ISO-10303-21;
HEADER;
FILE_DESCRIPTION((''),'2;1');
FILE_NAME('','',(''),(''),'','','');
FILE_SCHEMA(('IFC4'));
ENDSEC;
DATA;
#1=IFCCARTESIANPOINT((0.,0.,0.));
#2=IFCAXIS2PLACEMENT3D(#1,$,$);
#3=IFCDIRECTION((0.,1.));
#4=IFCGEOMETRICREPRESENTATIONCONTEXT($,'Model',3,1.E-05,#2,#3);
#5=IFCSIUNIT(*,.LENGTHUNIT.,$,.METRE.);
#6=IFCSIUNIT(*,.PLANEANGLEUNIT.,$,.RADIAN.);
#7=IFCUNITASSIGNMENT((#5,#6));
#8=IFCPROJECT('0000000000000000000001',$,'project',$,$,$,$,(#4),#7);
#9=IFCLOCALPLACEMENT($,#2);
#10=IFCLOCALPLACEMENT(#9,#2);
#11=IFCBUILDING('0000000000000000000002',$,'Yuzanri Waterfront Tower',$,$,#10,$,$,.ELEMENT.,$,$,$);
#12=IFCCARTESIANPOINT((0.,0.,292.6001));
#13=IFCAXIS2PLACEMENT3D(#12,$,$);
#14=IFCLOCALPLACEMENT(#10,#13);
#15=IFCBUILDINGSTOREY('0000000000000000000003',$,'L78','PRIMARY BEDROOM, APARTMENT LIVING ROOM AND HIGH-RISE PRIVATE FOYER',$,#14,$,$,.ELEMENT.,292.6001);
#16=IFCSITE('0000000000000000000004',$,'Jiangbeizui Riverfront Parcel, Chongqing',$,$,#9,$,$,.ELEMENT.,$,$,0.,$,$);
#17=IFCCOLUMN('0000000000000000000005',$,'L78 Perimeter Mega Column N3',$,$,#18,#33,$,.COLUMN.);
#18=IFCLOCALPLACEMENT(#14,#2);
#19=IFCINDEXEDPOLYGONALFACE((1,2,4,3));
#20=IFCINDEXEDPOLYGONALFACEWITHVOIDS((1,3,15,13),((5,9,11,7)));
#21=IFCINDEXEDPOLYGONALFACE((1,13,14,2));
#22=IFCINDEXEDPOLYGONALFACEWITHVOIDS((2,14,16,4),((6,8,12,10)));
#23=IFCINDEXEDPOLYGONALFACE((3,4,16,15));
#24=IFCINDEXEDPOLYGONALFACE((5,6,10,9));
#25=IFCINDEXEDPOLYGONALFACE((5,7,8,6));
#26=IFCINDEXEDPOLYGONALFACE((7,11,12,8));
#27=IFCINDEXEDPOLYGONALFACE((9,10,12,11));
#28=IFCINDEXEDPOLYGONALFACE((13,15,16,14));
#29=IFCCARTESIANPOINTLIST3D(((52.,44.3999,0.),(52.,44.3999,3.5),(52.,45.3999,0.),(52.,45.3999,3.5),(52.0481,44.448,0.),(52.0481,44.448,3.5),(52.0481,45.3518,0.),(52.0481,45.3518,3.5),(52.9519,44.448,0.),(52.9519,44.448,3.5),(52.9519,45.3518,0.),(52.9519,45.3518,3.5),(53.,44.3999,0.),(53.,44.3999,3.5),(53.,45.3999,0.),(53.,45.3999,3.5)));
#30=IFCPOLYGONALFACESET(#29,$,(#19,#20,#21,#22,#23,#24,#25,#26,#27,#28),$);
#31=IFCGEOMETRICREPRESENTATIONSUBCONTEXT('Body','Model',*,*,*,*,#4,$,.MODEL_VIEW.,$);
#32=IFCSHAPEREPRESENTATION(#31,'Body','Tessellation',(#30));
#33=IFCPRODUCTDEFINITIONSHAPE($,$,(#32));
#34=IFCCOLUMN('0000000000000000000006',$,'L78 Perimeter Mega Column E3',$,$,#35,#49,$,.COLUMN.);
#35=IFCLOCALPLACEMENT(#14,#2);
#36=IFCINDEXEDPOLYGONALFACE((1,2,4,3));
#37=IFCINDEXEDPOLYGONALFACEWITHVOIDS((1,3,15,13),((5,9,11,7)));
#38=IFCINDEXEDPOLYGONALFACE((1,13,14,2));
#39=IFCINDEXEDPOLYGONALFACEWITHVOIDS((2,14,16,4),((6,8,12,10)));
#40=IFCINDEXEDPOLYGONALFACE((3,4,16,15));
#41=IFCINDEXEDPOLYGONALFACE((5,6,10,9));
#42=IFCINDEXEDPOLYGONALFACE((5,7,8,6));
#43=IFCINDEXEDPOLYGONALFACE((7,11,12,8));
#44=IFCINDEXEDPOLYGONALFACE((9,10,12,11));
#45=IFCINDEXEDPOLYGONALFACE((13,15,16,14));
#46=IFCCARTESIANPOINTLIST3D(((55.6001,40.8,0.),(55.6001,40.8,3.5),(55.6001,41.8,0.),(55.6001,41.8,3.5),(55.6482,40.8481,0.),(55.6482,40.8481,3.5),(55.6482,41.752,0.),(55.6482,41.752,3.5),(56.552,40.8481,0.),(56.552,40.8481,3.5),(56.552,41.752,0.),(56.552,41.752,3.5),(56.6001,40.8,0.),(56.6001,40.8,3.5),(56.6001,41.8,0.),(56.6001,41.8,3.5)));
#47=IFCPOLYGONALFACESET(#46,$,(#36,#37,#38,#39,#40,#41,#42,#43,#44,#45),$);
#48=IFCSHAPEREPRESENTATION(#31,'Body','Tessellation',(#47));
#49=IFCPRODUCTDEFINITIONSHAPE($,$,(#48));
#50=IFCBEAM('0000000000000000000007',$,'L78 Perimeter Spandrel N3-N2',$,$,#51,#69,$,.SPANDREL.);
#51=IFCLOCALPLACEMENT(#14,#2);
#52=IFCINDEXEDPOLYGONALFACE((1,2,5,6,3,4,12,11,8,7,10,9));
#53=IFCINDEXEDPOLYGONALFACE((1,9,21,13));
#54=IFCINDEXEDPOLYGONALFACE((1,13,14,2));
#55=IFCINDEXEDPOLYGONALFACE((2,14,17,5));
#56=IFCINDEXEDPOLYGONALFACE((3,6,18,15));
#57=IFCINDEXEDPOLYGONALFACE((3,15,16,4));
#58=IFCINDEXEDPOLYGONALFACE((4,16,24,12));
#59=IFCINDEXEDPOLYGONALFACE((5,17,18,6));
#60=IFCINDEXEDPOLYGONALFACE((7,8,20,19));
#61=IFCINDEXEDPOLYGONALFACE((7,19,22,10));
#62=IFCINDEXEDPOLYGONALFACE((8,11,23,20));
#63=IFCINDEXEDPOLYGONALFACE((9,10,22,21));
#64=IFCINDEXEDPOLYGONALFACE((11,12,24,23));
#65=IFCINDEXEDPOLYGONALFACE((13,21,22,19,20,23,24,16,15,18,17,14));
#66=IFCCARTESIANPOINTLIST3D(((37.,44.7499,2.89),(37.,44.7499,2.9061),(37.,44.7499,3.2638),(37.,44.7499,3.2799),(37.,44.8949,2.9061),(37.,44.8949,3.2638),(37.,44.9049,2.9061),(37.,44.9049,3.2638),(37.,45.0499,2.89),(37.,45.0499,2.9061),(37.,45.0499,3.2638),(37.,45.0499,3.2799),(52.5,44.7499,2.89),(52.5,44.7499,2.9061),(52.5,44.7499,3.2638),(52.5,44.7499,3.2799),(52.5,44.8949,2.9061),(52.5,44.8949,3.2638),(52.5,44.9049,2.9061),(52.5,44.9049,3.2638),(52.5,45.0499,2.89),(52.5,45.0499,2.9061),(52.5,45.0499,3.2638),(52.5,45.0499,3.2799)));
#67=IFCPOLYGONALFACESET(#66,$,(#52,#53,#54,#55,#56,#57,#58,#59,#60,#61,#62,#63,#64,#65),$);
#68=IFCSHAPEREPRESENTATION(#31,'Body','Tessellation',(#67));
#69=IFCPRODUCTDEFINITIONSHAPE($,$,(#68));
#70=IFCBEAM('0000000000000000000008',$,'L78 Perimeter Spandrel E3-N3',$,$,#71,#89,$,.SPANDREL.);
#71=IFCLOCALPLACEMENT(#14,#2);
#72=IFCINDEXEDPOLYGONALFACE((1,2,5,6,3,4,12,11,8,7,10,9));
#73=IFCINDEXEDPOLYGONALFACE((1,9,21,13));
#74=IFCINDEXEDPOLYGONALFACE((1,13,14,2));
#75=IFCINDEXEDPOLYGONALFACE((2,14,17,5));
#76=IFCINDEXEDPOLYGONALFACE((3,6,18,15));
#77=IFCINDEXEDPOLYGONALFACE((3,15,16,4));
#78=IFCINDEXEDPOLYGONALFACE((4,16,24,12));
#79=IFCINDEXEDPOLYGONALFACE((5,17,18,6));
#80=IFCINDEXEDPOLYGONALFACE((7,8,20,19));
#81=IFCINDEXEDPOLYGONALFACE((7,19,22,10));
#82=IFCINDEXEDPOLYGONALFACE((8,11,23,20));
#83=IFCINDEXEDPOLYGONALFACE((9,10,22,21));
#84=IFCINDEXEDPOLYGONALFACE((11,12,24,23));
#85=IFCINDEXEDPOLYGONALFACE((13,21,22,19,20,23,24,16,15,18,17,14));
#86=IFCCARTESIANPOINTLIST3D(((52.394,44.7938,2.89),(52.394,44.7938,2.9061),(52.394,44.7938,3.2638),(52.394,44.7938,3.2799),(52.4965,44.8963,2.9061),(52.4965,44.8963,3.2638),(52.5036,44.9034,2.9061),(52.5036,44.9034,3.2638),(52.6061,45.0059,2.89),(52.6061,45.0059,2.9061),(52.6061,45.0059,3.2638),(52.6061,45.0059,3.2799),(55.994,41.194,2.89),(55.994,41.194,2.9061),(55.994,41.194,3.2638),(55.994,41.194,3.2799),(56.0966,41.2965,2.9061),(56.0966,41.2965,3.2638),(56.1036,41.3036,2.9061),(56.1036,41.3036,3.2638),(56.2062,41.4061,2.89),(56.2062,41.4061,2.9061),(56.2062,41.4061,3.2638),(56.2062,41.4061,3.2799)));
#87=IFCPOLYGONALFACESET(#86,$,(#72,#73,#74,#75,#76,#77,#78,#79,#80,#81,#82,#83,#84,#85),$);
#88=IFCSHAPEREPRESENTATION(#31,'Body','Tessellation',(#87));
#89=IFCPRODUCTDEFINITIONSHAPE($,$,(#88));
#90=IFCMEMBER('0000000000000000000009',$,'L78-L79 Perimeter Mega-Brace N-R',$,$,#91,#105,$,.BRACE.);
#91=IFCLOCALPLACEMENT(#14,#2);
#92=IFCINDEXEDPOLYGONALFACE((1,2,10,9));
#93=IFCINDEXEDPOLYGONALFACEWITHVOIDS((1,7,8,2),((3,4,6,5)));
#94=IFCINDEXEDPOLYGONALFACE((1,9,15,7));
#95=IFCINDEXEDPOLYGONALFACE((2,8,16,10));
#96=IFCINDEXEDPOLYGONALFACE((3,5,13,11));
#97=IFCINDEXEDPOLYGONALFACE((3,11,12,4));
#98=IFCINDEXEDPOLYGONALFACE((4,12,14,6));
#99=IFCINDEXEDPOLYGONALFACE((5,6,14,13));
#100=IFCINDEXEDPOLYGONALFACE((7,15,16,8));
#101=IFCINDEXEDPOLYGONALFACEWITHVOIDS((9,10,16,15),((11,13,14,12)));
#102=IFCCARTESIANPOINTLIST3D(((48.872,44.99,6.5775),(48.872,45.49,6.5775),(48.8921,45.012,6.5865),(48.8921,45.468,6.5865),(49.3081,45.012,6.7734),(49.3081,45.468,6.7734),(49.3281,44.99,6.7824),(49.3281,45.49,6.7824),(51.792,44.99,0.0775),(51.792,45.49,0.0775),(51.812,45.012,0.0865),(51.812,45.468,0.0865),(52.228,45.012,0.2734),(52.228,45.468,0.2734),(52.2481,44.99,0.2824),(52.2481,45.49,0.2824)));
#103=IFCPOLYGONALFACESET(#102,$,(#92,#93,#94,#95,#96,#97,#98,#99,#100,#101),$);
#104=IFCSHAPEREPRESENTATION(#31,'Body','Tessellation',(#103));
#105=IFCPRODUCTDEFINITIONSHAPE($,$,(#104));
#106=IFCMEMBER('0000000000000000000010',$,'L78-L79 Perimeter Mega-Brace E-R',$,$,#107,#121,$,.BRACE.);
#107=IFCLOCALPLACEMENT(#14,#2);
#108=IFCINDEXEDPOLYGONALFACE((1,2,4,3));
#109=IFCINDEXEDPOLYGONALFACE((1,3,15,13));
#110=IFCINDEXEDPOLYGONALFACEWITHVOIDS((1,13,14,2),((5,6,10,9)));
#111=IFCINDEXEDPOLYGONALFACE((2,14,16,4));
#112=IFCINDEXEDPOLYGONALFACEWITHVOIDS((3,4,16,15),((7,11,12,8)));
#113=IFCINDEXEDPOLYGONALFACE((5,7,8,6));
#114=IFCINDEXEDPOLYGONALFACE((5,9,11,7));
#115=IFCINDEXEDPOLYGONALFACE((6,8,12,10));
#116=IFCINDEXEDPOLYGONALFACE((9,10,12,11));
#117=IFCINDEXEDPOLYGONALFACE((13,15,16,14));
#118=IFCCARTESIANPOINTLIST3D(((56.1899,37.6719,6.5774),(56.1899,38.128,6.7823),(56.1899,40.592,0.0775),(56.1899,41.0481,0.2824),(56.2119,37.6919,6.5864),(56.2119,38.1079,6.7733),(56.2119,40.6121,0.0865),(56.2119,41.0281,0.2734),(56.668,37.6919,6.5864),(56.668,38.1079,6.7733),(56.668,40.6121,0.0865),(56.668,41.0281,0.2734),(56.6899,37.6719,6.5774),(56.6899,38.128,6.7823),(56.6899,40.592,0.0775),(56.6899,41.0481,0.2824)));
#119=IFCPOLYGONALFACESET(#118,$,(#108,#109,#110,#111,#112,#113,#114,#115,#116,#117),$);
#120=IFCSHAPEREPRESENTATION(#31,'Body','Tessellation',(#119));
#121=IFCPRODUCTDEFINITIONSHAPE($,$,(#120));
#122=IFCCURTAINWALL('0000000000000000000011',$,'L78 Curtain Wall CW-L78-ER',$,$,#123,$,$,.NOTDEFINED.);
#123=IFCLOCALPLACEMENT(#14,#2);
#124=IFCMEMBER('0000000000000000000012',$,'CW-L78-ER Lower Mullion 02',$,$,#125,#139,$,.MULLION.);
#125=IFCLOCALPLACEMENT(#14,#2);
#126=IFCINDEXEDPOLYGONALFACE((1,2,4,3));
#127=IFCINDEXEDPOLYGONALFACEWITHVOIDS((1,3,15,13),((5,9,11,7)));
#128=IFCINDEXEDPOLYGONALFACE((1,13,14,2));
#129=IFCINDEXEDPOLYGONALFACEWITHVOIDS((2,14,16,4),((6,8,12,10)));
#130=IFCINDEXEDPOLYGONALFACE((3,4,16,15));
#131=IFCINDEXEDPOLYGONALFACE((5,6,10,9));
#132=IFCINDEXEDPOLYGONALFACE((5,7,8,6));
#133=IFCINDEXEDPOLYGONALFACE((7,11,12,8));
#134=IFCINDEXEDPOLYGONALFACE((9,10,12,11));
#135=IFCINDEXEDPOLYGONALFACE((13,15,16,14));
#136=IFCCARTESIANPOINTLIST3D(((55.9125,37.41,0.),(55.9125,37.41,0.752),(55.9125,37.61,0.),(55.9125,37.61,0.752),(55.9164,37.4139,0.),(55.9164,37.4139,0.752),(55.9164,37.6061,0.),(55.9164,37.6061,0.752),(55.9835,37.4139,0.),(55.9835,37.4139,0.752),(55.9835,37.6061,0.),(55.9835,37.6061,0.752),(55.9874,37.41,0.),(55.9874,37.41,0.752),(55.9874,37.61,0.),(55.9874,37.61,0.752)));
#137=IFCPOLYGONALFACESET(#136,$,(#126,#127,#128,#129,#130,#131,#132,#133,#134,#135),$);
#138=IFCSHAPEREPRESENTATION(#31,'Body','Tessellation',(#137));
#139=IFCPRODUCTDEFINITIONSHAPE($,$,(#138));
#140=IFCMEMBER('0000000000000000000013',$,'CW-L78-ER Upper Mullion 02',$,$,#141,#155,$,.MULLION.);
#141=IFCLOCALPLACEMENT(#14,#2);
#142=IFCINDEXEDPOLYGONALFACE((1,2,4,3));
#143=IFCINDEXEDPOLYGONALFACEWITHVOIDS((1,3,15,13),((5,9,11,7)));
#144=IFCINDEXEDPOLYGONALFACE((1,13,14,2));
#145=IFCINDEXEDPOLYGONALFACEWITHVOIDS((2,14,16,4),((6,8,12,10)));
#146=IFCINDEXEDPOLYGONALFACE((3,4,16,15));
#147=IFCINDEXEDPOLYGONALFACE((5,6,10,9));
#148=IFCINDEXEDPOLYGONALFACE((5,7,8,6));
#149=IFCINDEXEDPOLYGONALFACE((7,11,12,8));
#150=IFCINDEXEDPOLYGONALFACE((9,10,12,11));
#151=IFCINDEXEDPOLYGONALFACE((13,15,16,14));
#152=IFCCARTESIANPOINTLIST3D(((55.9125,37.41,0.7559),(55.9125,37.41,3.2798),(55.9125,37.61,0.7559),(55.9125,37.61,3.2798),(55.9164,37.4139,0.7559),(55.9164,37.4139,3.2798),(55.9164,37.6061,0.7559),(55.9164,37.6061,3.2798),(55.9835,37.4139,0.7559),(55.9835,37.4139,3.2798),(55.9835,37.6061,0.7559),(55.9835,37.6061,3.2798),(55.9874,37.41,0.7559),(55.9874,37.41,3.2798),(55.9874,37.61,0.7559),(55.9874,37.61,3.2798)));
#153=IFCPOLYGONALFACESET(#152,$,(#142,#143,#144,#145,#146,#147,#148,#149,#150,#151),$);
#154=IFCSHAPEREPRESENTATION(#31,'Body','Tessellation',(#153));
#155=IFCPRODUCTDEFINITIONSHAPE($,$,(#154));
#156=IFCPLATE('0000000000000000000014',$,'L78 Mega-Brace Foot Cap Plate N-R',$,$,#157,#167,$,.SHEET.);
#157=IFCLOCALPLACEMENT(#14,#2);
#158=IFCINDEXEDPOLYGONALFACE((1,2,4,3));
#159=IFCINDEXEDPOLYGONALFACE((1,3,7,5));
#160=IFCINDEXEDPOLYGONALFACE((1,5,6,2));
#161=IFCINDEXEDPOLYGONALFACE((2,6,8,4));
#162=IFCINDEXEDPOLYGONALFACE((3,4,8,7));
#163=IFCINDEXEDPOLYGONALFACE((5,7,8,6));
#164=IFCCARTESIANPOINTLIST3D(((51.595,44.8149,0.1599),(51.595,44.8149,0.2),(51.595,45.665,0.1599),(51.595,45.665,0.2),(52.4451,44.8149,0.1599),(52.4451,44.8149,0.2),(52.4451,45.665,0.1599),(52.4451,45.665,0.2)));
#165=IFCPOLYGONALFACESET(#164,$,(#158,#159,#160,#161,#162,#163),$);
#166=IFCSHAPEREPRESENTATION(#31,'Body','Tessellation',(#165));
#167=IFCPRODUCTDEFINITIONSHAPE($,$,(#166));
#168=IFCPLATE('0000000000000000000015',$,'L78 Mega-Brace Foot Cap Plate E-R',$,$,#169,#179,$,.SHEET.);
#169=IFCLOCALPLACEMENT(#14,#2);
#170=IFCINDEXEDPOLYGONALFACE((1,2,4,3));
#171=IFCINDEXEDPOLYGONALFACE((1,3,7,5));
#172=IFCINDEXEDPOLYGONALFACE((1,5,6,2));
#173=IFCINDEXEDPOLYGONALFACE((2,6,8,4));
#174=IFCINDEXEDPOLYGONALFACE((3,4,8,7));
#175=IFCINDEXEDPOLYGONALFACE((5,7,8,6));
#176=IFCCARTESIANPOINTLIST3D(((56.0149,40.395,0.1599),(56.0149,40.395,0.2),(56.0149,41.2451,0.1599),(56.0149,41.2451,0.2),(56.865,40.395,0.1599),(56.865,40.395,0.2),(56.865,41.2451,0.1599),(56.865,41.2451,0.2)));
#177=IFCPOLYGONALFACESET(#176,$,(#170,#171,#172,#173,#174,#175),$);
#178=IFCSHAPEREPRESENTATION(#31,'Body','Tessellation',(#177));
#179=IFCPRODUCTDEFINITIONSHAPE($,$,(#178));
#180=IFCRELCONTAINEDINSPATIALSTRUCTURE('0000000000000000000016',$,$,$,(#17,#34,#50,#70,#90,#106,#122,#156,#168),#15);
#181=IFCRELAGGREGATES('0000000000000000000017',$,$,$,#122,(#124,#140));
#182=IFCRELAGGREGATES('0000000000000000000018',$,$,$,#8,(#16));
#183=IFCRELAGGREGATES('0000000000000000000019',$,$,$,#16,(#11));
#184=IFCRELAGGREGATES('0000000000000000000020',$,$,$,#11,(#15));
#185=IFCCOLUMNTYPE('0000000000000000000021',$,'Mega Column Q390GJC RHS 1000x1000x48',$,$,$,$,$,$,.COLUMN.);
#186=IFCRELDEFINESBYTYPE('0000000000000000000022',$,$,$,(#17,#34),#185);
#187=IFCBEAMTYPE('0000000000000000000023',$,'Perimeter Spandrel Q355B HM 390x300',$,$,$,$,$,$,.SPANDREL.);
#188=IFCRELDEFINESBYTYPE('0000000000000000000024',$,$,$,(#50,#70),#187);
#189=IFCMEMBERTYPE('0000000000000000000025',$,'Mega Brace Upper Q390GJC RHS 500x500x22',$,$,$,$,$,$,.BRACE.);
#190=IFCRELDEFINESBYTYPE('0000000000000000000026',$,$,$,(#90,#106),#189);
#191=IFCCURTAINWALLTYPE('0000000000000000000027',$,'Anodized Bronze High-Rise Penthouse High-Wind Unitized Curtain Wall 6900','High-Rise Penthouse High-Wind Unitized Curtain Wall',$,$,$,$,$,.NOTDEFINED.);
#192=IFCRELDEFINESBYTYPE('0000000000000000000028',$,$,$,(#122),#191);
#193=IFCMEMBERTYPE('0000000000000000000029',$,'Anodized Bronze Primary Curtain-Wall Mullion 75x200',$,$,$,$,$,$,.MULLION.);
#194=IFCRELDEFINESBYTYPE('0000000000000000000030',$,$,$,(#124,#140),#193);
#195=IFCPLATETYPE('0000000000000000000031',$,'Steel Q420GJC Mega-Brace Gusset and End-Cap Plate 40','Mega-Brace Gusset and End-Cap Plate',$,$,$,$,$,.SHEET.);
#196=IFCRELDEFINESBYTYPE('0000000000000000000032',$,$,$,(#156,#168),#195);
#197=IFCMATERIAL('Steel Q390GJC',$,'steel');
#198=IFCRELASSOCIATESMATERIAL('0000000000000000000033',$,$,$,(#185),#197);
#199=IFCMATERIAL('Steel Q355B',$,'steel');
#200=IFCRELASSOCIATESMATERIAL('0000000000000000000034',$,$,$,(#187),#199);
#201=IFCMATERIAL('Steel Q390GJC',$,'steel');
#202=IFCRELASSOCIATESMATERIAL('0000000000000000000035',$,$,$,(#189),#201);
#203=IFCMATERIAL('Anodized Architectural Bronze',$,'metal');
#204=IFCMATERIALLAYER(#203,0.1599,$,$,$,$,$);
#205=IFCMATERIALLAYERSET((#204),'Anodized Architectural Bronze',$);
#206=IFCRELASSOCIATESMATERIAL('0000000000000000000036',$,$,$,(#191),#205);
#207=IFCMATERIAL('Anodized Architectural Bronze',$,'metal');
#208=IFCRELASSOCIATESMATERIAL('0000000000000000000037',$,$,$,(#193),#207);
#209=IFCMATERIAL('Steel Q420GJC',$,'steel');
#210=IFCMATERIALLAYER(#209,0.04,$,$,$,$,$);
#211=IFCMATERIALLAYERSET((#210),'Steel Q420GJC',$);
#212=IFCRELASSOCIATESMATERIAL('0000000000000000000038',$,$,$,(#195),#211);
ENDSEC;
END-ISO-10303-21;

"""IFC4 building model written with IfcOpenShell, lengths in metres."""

from ifc_helpers import new_model, si_unit, direction, frame, origin, origin_2d, place, context, subcontext, project, spatial, rectangle, hollow_rectangle, i_section, extrude, source, transform, mapped, material, layer, layer_set, material_profile, profile_set, type_object, element, aggregate, save


model = new_model("IFC4")

# Units and contexts
model_context = context("Model", 3, precision=1e-05, world=origin(), true_north=direction((0.0, 1.0)))
body_context = subcontext(model_context, "Body", "Model", "MODEL_VIEW")
ifc_project = project(units=[si_unit("LENGTHUNIT", "METRE"), si_unit("PLANEANGLEUNIT", "RADIAN")], contexts=[model_context])

# Site, building, storey
site_placement = place(None, origin())
site = spatial("IfcSite", under=ifc_project, at=site_placement, Name="Jiangbeizui Riverfront Parcel, Chongqing", CompositionType="ELEMENT", RefElevation=0.0)
building_placement = place(site_placement, origin())
building = spatial("IfcBuilding", under=site, at=building_placement, Name="Yuzanri Waterfront Tower", CompositionType="ELEMENT")
storey_placement = place(building_placement, frame((0.0, 0.0, 292.6001)))
storey = spatial("IfcBuildingStorey", under=building, at=storey_placement, Name="L78", Description="PRIMARY BEDROOM, APARTMENT LIVING ROOM AND HIGH-RISE PRIVATE FOYER", CompositionType="ELEMENT", Elevation=292.6001)

# Columns
ifc_material_1 = material(Name="Steel Q390GJC", Category="steel")
ifc_material_profile_1 = material_profile(ifc_material_1, hollow_rectangle(XDim=1.0, YDim=1.0, WallThickness=0.0481, at=origin_2d()), Name="RHS 1000x1000x48")
ifc_profile_set_1 = profile_set([ifc_material_profile_1], Name="Steel Q390GJC")
column_type = type_object("IfcColumnType", Name="Mega Column Q390GJC RHS 1000x1000x48", PredefinedType="COLUMN", material=ifc_profile_set_1)
shared_shape_1 = source(origin(), body_context, "Body", "SweptSolid", [
    extrude(hollow_rectangle(XDim=1.0, YDim=1.0, WallThickness=0.0481, at=origin_2d()), origin(), (0.0, 0.0, 1.0), 3.5),
])
for number, where, z_axis, x_axis, name in (
    (1, (52.5, 44.8999, 0.0), (0.0, 0.0, 1.0), (1.0, 0.0, 0.0), "L78 Perimeter Mega Column N3"),
    (2, (56.1001, 41.3, 0.0), (0.0, 0.0, 1.0), (1.0, 0.0, 0.0), "L78 Perimeter Mega Column E3"),
):
    element("IfcColumn", number, at=place(storey_placement, frame(where, z_axis=z_axis, x_axis=x_axis)), inside=storey, type_object=column_type, Name=name, PredefinedType="COLUMN", context=body_context, shape_type="MappedRepresentation", body=[
        mapped(shared_shape_1, transform((0.0, 0.0, 0.0), scale=1.0)),
    ])

# Beams
ifc_material_2 = material(Name="Steel Q355B", Category="steel")
ifc_material_profile_2 = material_profile(ifc_material_2, i_section(OverallWidth=0.3, OverallDepth=0.3899, WebThickness=0.01, FlangeThickness=0.0161, at=origin_2d()), Name="HM 390x300x10x16")
ifc_profile_set_2 = profile_set([ifc_material_profile_2], Name="Steel Q355B")
beam_type = type_object("IfcBeamType", Name="Perimeter Spandrel Q355B HM 390x300", PredefinedType="SPANDREL", material=ifc_profile_set_2)
shared_shape_2 = source(origin(), body_context, "Body", "SweptSolid", [
    extrude(i_section(OverallWidth=0.3, OverallDepth=0.3899, WebThickness=0.01, FlangeThickness=0.0161, at=origin_2d()), origin(), (0.0, 0.0, 1.0), 15.5),
])
beam_1_placement = place(storey_placement, frame((52.5, 44.8999, 3.085), z_axis=(-1.0, 0.0, 0.0), x_axis=(0.0, -1.0, 0.0)))
element("IfcBeam", 3, at=beam_1_placement, inside=storey, type_object=beam_type, Name="L78 Perimeter Spandrel N3-N2", PredefinedType="SPANDREL", context=body_context, shape_type="MappedRepresentation", body=[
    mapped(shared_shape_2, transform((0.0, 0.0, 0.0), scale=1.0)),
])
shared_shape_3 = source(origin(), body_context, "Body", "SweptSolid", [
    extrude(i_section(OverallWidth=0.3, OverallDepth=0.3899, WebThickness=0.01, FlangeThickness=0.0161, at=origin_2d()), origin(), (0.0, 0.0, 1.0), 5.0911),
])
beam_2_placement = place(storey_placement, frame((56.1001, 41.3, 3.085), z_axis=(-0.707131, 0.707083, 0.0), x_axis=(-0.707083, -0.707131, 0.0)))
element("IfcBeam", 4, at=beam_2_placement, inside=storey, type_object=beam_type, Name="L78 Perimeter Spandrel E3-N3", PredefinedType="SPANDREL", context=body_context, shape_type="MappedRepresentation", body=[
    mapped(shared_shape_3, transform((0.0, 0.0, 0.0), scale=1.0)),
])

# Members
ifc_material_3 = material(Name="Steel Q390GJC", Category="steel")
ifc_material_profile_3 = material_profile(ifc_material_3, hollow_rectangle(XDim=0.5, YDim=0.5, WallThickness=0.022, at=origin_2d()), Name="RHS 500x500x22")
ifc_profile_set_3 = profile_set([ifc_material_profile_3], Name="Steel Q390GJC")
member_type_1 = type_object("IfcMemberType", Name="Mega Brace Upper Q390GJC RHS 500x500x22", PredefinedType="BRACE", material=ifc_profile_set_3)
shared_shape_4 = source(origin(), body_context, "Body", "SweptSolid", [
    extrude(hollow_rectangle(XDim=0.5, YDim=0.5, WallThickness=0.022, at=origin_2d()), origin(), (0.0, 0.0, 1.0), 7.1257),
])
for number, where, z_axis, x_axis, name in (
    (5, (52.02, 45.24, 0.1799), (-0.409772, 0.0, 0.912188), (0.0, -1.0, 0.0), "L78-L79 Perimeter Mega-Brace N-R"),
    (6, (56.4399, 40.8201, 0.1799), (0.0, -0.4098, 0.912175), (1.0, 0.0, 0.0), "L78-L79 Perimeter Mega-Brace E-R"),
):
    element("IfcMember", number, at=place(storey_placement, frame(where, z_axis=z_axis, x_axis=x_axis)), inside=storey, type_object=member_type_1, Name=name, PredefinedType="BRACE", context=body_context, shape_type="MappedRepresentation", body=[
        mapped(shared_shape_4, transform((0.0, 0.0, 0.0), scale=1.0)),
    ])

# Curtain wall, members
ifc_material_4 = material(Name="Anodized Architectural Bronze", Category="metal")
ifc_layer_1 = layer(ifc_material_4, 0.1599)
ifc_layer_set_1 = layer_set([ifc_layer_1], Name="Anodized Architectural Bronze")
curtain_wall_type = type_object("IfcCurtainWallType", Name="Anodized Bronze High-Rise Penthouse High-Wind Unitized Curtain Wall 6900", Description="High-Rise Penthouse High-Wind Unitized Curtain Wall", PredefinedType="NOTDEFINED", material=ifc_layer_set_1)
curtain_wall_placement = place(storey_placement, origin())
curtain_wall = element("IfcCurtainWall", 7, at=curtain_wall_placement, inside=storey, type_object=curtain_wall_type, Name="L78 Curtain Wall CW-L78-ER", PredefinedType="NOTDEFINED")
ifc_material_5 = material(Name="Anodized Architectural Bronze", Category="metal")
ifc_material_profile_4 = material_profile(ifc_material_5, hollow_rectangle(XDim=0.075, YDim=0.2, WallThickness=0.0039, at=origin_2d()), Name="CWM 75x200")
ifc_profile_set_4 = profile_set([ifc_material_profile_4], Name="Anodized Architectural Bronze")
member_type_2 = type_object("IfcMemberType", Name="Anodized Bronze Primary Curtain-Wall Mullion 75x200", PredefinedType="MULLION", material=ifc_profile_set_4)
shared_shape_5 = source(origin(), body_context, "Body", "SweptSolid", [
    extrude(hollow_rectangle(XDim=0.075, YDim=0.2, WallThickness=0.0039, at=origin_2d()), origin(), (0.0, 0.0, 1.0), 0.752),
])
member_1_placement = place(storey_placement, frame((55.95, 37.51, 0.0), z_axis=(0.0, 0.0, 1.0), x_axis=(1.0, 0.0, 0.0)))
member_1 = element("IfcMember", 8, at=member_1_placement, type_object=member_type_2, Name="CW-L78-ER Lower Mullion 02", PredefinedType="MULLION", context=body_context, shape_type="MappedRepresentation", body=[
    mapped(shared_shape_5, transform((0.0, 0.0, 0.0), scale=1.0)),
])
shared_shape_6 = source(origin(), body_context, "Body", "SweptSolid", [
    extrude(hollow_rectangle(XDim=0.075, YDim=0.2, WallThickness=0.0039, at=origin_2d()), origin(), (0.0, 0.0, 1.0), 2.5239),
])
member_2_placement = place(storey_placement, frame((55.95, 37.51, 0.7559), z_axis=(0.0, 0.0, 1.0), x_axis=(1.0, 0.0, 0.0)))
member_2 = element("IfcMember", 9, at=member_2_placement, type_object=member_type_2, Name="CW-L78-ER Upper Mullion 02", PredefinedType="MULLION", context=body_context, shape_type="MappedRepresentation", body=[
    mapped(shared_shape_6, transform((0.0, 0.0, 0.0), scale=1.0)),
])

# Plates
ifc_material_6 = material(Name="Steel Q420GJC", Category="steel")
ifc_layer_2 = layer(ifc_material_6, 0.04)
ifc_layer_set_2 = layer_set([ifc_layer_2], Name="Steel Q420GJC")
plate_type_1 = type_object("IfcPlateType", Name="Steel Q420GJC Mega-Brace Gusset and End-Cap Plate 40", Description="Mega-Brace Gusset and End-Cap Plate", PredefinedType="SHEET", material=ifc_layer_set_2)
shared_shape_7 = source(origin(), body_context, "Body", "SweptSolid", [
    extrude(rectangle(XDim=0.8501, YDim=0.8501, at=origin_2d()), origin(), (0.0, 0.0, 1.0), 0.04),
])
for number, where, z_axis, x_axis, name in (
    (10, (52.02, 45.24, 0.1599), (0.0, 0.0, 1.0), (1.0, 0.0, 0.0), "L78 Mega-Brace Foot Cap Plate N-R"),
    (11, (56.4399, 40.8201, 0.1599), (0.0, 0.0, 1.0), (1.0, 0.0, 0.0), "L78 Mega-Brace Foot Cap Plate E-R"),
):
    element("IfcPlate", number, at=place(storey_placement, frame(where, z_axis=z_axis, x_axis=x_axis)), inside=storey, type_object=plate_type_1, Name=name, PredefinedType="SHEET", context=body_context, shape_type="MappedRepresentation", body=[
        mapped(shared_shape_7, transform((0.0, 0.0, 0.0), scale=1.0)),
    ])

aggregate(curtain_wall, [member_1, member_2])

save(model, "model.ifc")
